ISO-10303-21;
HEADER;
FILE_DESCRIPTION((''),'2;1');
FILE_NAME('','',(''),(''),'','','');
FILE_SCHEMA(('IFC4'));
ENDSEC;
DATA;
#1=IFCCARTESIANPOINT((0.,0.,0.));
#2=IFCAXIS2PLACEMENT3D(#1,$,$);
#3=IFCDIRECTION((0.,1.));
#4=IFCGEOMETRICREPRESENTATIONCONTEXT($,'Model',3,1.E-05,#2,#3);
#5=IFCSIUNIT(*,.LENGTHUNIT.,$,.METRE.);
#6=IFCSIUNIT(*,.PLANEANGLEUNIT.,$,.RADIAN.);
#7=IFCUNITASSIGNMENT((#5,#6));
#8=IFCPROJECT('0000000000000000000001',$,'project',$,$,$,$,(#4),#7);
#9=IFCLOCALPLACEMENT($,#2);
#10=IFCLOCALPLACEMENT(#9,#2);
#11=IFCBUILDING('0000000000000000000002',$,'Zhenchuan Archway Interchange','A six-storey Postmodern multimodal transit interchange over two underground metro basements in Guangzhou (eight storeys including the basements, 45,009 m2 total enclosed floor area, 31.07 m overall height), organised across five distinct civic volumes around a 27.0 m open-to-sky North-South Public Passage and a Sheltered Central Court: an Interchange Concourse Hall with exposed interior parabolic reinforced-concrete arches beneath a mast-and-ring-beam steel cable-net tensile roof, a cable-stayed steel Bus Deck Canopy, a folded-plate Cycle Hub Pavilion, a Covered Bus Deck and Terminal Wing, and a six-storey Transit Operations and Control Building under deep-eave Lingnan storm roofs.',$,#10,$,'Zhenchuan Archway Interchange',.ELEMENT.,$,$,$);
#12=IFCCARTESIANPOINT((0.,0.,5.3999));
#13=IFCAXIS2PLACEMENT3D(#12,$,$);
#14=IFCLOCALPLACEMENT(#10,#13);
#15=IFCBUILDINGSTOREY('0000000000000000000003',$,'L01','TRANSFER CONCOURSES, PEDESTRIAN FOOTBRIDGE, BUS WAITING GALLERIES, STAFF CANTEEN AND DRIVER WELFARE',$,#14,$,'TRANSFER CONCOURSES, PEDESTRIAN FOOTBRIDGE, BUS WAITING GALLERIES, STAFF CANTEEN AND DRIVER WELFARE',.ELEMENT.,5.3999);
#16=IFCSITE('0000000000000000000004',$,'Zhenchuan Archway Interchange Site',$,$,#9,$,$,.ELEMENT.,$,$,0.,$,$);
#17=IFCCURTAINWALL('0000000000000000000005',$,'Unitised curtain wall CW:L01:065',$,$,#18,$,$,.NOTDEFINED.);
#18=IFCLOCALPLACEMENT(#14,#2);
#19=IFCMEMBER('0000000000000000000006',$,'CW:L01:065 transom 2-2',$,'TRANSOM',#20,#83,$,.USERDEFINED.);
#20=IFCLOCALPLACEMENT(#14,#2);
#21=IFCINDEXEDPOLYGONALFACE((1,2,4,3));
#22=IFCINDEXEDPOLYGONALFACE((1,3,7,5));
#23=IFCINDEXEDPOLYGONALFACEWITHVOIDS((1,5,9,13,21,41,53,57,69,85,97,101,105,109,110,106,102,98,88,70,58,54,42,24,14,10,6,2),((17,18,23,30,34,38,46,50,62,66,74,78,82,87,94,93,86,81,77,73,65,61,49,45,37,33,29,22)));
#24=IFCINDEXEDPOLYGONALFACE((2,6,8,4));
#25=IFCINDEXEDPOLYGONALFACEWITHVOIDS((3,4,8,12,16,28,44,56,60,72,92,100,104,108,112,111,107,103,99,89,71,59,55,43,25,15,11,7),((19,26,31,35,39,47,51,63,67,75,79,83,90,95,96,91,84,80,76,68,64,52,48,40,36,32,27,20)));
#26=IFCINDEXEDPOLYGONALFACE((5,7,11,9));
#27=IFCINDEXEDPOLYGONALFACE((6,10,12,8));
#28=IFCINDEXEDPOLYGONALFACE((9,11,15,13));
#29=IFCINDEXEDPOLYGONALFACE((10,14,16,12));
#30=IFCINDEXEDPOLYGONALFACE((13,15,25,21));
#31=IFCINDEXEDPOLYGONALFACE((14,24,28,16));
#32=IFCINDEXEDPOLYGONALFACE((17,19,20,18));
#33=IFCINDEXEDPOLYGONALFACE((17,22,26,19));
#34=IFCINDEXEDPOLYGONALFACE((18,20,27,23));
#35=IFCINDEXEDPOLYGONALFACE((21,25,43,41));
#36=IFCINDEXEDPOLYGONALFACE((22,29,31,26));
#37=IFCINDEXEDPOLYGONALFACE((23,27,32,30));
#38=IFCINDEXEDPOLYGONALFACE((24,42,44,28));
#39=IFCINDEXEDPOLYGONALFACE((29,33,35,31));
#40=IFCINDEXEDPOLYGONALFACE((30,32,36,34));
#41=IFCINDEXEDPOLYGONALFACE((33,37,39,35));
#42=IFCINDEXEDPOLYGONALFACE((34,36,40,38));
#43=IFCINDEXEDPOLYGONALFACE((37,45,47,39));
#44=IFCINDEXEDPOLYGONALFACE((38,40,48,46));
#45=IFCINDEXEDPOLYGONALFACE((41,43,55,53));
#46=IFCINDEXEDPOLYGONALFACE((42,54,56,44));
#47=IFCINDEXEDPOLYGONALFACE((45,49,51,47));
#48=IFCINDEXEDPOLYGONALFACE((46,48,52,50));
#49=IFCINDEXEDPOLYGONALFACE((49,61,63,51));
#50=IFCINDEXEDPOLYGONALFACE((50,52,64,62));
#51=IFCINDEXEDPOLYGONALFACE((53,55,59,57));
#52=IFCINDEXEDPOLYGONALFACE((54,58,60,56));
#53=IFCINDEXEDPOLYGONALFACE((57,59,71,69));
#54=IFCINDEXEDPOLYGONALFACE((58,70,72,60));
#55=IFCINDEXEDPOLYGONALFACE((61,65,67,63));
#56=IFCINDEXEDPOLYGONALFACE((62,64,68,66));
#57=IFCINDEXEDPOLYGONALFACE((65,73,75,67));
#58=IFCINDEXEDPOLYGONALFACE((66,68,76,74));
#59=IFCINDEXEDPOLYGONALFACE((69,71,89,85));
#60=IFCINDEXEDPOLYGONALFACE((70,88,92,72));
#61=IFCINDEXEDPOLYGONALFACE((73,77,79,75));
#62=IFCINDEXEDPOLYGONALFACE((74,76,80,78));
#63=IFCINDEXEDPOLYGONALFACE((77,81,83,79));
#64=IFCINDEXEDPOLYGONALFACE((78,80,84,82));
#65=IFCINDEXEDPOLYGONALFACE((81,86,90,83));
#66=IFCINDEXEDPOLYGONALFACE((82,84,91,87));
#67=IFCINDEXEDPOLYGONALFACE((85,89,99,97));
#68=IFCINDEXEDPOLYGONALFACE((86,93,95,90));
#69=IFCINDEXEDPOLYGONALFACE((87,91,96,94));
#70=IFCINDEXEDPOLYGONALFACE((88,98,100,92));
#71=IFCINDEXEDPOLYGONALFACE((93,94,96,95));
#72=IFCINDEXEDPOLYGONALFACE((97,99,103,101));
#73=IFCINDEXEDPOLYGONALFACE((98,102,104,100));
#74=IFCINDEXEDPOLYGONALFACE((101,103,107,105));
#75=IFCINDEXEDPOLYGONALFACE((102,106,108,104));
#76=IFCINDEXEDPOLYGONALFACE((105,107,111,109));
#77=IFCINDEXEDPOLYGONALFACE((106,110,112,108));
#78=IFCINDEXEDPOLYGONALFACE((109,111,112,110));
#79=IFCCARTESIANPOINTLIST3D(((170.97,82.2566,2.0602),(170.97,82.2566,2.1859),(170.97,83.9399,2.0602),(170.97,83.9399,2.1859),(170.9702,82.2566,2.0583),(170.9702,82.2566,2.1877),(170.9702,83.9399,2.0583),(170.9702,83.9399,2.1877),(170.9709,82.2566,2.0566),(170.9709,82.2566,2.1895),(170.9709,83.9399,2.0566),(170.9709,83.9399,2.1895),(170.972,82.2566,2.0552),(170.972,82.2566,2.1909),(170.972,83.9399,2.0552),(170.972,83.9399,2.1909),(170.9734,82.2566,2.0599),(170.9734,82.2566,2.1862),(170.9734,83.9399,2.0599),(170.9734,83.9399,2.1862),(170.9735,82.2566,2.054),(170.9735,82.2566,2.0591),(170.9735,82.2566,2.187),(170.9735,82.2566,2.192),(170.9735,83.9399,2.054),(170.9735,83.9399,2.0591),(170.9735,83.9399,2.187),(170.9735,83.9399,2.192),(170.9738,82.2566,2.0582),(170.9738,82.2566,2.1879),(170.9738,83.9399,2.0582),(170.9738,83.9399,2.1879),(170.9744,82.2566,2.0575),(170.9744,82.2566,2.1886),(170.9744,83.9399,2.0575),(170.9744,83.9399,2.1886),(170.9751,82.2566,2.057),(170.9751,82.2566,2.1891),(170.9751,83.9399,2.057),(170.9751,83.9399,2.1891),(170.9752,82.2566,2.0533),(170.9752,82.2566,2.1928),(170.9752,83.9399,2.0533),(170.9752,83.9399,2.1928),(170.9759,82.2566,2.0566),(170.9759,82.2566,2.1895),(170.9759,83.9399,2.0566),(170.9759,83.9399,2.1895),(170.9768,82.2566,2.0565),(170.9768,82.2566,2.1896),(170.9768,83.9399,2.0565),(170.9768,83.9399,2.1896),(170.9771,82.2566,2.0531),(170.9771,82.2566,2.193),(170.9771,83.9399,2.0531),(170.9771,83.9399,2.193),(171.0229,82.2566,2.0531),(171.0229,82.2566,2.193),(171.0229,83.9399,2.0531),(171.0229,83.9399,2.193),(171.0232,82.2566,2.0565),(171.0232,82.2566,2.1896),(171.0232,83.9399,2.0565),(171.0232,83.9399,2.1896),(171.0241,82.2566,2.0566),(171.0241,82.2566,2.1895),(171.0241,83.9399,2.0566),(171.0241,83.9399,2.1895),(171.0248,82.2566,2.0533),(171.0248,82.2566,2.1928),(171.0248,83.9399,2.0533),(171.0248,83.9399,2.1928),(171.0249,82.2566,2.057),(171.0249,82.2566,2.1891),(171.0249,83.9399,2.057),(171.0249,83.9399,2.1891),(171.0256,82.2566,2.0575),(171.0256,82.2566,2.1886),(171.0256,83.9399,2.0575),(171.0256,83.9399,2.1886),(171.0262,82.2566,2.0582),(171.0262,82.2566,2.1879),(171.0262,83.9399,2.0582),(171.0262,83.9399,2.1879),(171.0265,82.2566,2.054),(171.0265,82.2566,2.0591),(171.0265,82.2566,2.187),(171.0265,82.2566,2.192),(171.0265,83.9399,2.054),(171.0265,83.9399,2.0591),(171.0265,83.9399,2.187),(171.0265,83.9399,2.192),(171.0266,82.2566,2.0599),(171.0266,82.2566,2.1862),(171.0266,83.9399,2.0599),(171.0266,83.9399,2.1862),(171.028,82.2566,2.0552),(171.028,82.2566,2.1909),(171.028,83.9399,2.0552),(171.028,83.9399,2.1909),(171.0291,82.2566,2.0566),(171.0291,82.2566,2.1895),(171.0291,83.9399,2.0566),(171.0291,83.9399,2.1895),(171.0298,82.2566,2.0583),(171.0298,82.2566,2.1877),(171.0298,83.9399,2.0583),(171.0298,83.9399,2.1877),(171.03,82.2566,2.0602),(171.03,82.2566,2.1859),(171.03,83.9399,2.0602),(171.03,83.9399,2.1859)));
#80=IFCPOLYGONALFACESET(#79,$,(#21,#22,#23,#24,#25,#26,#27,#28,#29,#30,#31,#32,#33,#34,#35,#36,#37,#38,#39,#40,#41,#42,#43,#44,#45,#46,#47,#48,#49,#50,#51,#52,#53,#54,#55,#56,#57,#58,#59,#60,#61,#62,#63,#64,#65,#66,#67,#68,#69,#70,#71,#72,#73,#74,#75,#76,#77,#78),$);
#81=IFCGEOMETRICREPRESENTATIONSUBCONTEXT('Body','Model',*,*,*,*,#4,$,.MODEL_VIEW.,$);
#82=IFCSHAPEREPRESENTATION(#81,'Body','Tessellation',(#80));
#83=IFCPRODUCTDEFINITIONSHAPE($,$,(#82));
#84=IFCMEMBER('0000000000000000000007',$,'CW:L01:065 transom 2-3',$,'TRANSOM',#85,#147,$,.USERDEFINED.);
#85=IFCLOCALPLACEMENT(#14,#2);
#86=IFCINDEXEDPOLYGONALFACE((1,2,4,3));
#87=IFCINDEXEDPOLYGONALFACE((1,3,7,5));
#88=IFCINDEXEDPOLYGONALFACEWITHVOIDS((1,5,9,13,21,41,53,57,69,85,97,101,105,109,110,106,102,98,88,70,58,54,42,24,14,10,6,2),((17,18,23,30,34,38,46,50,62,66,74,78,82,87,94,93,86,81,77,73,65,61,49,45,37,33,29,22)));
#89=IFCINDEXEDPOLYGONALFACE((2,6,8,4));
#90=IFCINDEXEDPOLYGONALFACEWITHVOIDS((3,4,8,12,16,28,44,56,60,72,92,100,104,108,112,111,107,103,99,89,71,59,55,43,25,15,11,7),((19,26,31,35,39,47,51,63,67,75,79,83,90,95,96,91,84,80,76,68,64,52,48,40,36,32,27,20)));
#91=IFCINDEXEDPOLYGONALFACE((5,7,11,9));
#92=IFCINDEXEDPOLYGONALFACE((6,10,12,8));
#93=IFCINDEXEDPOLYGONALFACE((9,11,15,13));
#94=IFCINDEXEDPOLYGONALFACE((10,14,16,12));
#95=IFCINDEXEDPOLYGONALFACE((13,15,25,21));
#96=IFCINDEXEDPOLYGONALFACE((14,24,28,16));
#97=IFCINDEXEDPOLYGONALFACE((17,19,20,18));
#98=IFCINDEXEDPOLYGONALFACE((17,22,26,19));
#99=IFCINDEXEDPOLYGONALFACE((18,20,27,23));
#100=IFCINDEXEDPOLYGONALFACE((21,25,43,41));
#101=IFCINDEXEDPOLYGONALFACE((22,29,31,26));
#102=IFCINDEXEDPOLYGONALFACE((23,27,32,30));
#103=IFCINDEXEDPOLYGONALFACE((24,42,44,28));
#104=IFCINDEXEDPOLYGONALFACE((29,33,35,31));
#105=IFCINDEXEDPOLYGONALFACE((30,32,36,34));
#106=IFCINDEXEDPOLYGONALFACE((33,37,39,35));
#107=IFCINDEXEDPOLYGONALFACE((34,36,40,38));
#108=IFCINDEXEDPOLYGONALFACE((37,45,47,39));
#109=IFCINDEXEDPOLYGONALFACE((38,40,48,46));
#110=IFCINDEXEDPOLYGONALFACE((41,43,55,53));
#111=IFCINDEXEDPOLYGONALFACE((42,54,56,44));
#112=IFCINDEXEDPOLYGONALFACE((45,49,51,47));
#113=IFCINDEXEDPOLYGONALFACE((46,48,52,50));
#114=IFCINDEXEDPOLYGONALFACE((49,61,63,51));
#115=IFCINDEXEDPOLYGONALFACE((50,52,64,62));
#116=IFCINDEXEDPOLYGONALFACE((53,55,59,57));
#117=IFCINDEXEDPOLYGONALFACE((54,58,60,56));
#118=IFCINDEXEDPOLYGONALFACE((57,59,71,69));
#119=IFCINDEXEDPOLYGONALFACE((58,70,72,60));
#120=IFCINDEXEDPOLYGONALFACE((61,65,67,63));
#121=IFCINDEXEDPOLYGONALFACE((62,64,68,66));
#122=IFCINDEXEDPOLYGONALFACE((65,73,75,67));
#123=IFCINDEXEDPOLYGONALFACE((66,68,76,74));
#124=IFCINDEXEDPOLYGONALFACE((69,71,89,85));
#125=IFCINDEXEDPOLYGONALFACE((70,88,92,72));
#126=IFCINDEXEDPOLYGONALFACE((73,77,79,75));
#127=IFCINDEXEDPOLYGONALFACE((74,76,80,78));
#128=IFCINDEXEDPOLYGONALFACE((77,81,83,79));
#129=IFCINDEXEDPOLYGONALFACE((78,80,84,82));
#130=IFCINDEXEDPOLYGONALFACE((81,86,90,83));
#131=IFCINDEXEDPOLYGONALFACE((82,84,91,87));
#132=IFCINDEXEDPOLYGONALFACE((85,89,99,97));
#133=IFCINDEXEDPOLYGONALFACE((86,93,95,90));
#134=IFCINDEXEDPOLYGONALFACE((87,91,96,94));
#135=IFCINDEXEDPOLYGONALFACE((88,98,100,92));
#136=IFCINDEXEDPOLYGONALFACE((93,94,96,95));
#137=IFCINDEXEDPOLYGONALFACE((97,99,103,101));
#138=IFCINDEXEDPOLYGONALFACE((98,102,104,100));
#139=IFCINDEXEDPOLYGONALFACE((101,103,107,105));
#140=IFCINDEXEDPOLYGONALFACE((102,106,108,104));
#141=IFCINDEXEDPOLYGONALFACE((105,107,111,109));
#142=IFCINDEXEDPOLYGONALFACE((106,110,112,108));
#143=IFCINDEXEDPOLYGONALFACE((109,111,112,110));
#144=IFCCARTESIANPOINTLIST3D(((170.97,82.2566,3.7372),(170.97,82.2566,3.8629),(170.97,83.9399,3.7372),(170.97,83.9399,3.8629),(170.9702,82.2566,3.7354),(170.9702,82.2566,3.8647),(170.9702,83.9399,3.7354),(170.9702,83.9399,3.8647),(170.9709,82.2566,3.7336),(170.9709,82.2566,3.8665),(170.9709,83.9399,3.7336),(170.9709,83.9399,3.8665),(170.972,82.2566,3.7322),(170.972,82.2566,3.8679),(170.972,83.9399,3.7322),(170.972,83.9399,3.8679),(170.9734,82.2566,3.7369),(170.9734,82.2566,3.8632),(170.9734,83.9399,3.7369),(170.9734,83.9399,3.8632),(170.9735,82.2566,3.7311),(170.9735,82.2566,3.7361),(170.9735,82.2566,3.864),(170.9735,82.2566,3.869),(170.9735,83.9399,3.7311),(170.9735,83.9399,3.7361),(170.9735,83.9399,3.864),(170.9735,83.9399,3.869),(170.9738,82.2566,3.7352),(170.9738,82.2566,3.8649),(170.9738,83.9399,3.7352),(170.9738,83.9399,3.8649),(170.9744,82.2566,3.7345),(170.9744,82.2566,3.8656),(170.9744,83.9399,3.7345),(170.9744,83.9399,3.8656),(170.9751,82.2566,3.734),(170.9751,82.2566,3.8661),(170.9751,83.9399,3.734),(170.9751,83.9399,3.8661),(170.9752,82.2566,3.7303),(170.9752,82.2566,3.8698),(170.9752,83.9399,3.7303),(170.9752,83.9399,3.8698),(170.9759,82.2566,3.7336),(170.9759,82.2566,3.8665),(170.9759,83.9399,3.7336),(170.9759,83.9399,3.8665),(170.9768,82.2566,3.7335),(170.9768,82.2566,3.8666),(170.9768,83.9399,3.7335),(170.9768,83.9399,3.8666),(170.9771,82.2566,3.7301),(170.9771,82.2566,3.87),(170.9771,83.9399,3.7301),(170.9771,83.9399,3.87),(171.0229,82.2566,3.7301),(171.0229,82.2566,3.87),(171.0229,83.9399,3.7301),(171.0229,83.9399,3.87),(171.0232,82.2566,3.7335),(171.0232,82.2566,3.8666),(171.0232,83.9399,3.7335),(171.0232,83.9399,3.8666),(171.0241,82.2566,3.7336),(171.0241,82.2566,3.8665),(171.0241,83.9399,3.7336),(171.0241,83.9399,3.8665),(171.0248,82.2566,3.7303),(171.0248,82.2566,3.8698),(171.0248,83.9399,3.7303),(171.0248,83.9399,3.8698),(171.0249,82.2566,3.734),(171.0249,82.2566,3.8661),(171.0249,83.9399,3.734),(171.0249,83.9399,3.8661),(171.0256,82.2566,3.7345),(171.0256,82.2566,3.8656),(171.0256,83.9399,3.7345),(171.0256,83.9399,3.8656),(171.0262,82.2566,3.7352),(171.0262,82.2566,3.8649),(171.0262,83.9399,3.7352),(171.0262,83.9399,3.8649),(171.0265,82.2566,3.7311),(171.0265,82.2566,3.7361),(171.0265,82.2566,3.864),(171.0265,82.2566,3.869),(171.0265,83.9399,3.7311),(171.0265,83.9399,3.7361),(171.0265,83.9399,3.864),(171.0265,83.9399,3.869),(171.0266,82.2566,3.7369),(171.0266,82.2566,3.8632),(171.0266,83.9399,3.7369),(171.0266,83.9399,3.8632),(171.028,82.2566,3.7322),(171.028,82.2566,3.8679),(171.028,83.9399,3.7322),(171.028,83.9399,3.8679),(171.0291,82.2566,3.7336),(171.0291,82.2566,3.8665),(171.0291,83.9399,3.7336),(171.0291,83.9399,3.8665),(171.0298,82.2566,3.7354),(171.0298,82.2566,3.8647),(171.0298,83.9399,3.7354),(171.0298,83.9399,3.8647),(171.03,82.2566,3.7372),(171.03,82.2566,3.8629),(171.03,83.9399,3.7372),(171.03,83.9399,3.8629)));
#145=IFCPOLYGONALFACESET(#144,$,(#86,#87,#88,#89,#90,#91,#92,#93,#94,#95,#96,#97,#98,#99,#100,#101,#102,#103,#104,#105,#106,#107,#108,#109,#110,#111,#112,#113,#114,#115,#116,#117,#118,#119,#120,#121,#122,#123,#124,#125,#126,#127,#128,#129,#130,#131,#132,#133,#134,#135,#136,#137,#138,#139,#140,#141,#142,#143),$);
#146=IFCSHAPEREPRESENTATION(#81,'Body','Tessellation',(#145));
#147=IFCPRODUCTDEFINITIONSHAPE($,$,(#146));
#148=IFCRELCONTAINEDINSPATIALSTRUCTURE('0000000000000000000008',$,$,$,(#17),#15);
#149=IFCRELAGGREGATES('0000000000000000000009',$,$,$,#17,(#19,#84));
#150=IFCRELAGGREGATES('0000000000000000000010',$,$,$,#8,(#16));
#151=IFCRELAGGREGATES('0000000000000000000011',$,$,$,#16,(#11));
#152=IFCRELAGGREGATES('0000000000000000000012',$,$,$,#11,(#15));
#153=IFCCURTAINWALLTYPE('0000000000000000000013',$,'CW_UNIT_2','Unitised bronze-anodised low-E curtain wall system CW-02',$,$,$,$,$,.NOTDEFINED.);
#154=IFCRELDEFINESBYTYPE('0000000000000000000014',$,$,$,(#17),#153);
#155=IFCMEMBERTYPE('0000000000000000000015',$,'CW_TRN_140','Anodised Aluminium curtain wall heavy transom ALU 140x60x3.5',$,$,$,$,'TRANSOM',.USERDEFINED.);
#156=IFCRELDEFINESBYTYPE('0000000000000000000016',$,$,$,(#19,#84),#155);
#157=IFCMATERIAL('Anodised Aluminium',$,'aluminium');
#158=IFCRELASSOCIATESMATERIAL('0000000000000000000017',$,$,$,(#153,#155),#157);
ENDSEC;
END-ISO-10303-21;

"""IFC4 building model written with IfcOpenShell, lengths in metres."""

from ifc_helpers import new_model, si_unit, direction, frame, origin, origin_2d, place, context, subcontext, project, spatial, hollow_rectangle, extrude, material, material_profile, profile_set, type_object, element, aggregate, save


model = new_model("IFC4")

# Units and contexts
model_context = context("Model", 3, precision=1e-05, world=origin(), true_north=direction((0.0, 1.0)))
body_context = subcontext(model_context, "Body", "Model", "MODEL_VIEW")
ifc_project = project(units=[si_unit("LENGTHUNIT", "METRE"), si_unit("PLANEANGLEUNIT", "RADIAN")], contexts=[model_context])

# Site, building, storey
site_placement = place(None, origin())
site = spatial("IfcSite", under=ifc_project, at=site_placement, Name="Zhenchuan Archway Interchange Site", CompositionType="ELEMENT", RefElevation=0.0)
building_placement = place(site_placement, origin())
building = spatial("IfcBuilding", under=site, at=building_placement, Name="Zhenchuan Archway Interchange", Description="A six-storey Postmodern multimodal transit interchange over two underground metro basements in Guangzhou (eight storeys including the basements, 45,009 m2 total enclosed floor area, 31.07 m overall height), organised across five distinct civic volumes around a 27.0 m open-to-sky North-South Public Passage and a Sheltered Central Court: an Interchange Concourse Hall with exposed interior parabolic reinforced-concrete arches beneath a mast-and-ring-beam steel cable-net tensile roof, a cable-stayed steel Bus Deck Canopy, a folded-plate Cycle Hub Pavilion, a Covered Bus Deck and Terminal Wing, and a six-storey Transit Operations and Control Building under deep-eave Lingnan storm roofs.", LongName="Zhenchuan Archway Interchange", CompositionType="ELEMENT")
storey_placement = place(building_placement, frame((0.0, 0.0, 5.3999)))
storey = spatial("IfcBuildingStorey", under=building, at=storey_placement, Name="L01", Description="TRANSFER CONCOURSES, PEDESTRIAN FOOTBRIDGE, BUS WAITING GALLERIES, STAFF CANTEEN AND DRIVER WELFARE", LongName="TRANSFER CONCOURSES, PEDESTRIAN FOOTBRIDGE, BUS WAITING GALLERIES, STAFF CANTEEN AND DRIVER WELFARE", CompositionType="ELEMENT", Elevation=5.3999)

# Curtain wall, members
ifc_material_1 = material(Name="Anodised Aluminium", Category="aluminium")
curtain_wall_type = type_object("IfcCurtainWallType", Name="CW_UNIT_2", Description="Unitised bronze-anodised low-E curtain wall system CW-02", PredefinedType="NOTDEFINED", material=ifc_material_1)
curtain_wall_placement = place(storey_placement, origin())
curtain_wall = element("IfcCurtainWall", 1, at=curtain_wall_placement, inside=storey, type_object=curtain_wall_type, Name="Unitised curtain wall CW:L01:065", PredefinedType="NOTDEFINED")
ifc_material_profile_1 = material_profile(ifc_material_1, hollow_rectangle(XDim=0.0601, YDim=0.1399, WallThickness=0.0034, InnerFilletRadius=0.0034, OuterFilletRadius=0.0071, at=origin_2d()), Name="ALU 140x60x3.5")
ifc_profile_set_1 = profile_set([ifc_material_profile_1], Name="Anodised Aluminium")
member_type_1 = type_object("IfcMemberType", Name="CW_TRN_140", Description="Anodised Aluminium curtain wall heavy transom ALU 140x60x3.5", ElementType="TRANSOM", PredefinedType="USERDEFINED", material=ifc_profile_set_1)
member_1_placement = place(storey_placement, frame((171.0, 83.9399, 2.123), z_axis=(0.0, -1.0, 0.0), x_axis=(1.0, 0.0, 0.0)))
member_1 = element("IfcMember", 2, at=member_1_placement, type_object=member_type_1, Name="CW:L01:065 transom 2-2", ObjectType="TRANSOM", PredefinedType="USERDEFINED", context=body_context, shape_type="SweptSolid", body=[
    extrude(hollow_rectangle(XDim=0.0601, YDim=0.1399, WallThickness=0.0034, InnerFilletRadius=0.0034, OuterFilletRadius=0.0071, at=origin_2d()), origin(), (0.0, 0.0, 1.0), 1.6833),
])
member_2_placement = place(storey_placement, frame((171.0, 83.9399, 3.8), z_axis=(0.0, -1.0, 0.0), x_axis=(1.0, 0.0, 0.0)))
member_2 = element("IfcMember", 3, at=member_2_placement, type_object=member_type_1, Name="CW:L01:065 transom 2-3", ObjectType="TRANSOM", PredefinedType="USERDEFINED", context=body_context, shape_type="SweptSolid", body=[
    extrude(hollow_rectangle(XDim=0.0601, YDim=0.1399, WallThickness=0.0034, InnerFilletRadius=0.0034, OuterFilletRadius=0.0071, at=origin_2d()), origin(), (0.0, 0.0, 1.0), 1.6833),
])

aggregate(curtain_wall, [member_1, member_2])

save(model, "model.ifc")
